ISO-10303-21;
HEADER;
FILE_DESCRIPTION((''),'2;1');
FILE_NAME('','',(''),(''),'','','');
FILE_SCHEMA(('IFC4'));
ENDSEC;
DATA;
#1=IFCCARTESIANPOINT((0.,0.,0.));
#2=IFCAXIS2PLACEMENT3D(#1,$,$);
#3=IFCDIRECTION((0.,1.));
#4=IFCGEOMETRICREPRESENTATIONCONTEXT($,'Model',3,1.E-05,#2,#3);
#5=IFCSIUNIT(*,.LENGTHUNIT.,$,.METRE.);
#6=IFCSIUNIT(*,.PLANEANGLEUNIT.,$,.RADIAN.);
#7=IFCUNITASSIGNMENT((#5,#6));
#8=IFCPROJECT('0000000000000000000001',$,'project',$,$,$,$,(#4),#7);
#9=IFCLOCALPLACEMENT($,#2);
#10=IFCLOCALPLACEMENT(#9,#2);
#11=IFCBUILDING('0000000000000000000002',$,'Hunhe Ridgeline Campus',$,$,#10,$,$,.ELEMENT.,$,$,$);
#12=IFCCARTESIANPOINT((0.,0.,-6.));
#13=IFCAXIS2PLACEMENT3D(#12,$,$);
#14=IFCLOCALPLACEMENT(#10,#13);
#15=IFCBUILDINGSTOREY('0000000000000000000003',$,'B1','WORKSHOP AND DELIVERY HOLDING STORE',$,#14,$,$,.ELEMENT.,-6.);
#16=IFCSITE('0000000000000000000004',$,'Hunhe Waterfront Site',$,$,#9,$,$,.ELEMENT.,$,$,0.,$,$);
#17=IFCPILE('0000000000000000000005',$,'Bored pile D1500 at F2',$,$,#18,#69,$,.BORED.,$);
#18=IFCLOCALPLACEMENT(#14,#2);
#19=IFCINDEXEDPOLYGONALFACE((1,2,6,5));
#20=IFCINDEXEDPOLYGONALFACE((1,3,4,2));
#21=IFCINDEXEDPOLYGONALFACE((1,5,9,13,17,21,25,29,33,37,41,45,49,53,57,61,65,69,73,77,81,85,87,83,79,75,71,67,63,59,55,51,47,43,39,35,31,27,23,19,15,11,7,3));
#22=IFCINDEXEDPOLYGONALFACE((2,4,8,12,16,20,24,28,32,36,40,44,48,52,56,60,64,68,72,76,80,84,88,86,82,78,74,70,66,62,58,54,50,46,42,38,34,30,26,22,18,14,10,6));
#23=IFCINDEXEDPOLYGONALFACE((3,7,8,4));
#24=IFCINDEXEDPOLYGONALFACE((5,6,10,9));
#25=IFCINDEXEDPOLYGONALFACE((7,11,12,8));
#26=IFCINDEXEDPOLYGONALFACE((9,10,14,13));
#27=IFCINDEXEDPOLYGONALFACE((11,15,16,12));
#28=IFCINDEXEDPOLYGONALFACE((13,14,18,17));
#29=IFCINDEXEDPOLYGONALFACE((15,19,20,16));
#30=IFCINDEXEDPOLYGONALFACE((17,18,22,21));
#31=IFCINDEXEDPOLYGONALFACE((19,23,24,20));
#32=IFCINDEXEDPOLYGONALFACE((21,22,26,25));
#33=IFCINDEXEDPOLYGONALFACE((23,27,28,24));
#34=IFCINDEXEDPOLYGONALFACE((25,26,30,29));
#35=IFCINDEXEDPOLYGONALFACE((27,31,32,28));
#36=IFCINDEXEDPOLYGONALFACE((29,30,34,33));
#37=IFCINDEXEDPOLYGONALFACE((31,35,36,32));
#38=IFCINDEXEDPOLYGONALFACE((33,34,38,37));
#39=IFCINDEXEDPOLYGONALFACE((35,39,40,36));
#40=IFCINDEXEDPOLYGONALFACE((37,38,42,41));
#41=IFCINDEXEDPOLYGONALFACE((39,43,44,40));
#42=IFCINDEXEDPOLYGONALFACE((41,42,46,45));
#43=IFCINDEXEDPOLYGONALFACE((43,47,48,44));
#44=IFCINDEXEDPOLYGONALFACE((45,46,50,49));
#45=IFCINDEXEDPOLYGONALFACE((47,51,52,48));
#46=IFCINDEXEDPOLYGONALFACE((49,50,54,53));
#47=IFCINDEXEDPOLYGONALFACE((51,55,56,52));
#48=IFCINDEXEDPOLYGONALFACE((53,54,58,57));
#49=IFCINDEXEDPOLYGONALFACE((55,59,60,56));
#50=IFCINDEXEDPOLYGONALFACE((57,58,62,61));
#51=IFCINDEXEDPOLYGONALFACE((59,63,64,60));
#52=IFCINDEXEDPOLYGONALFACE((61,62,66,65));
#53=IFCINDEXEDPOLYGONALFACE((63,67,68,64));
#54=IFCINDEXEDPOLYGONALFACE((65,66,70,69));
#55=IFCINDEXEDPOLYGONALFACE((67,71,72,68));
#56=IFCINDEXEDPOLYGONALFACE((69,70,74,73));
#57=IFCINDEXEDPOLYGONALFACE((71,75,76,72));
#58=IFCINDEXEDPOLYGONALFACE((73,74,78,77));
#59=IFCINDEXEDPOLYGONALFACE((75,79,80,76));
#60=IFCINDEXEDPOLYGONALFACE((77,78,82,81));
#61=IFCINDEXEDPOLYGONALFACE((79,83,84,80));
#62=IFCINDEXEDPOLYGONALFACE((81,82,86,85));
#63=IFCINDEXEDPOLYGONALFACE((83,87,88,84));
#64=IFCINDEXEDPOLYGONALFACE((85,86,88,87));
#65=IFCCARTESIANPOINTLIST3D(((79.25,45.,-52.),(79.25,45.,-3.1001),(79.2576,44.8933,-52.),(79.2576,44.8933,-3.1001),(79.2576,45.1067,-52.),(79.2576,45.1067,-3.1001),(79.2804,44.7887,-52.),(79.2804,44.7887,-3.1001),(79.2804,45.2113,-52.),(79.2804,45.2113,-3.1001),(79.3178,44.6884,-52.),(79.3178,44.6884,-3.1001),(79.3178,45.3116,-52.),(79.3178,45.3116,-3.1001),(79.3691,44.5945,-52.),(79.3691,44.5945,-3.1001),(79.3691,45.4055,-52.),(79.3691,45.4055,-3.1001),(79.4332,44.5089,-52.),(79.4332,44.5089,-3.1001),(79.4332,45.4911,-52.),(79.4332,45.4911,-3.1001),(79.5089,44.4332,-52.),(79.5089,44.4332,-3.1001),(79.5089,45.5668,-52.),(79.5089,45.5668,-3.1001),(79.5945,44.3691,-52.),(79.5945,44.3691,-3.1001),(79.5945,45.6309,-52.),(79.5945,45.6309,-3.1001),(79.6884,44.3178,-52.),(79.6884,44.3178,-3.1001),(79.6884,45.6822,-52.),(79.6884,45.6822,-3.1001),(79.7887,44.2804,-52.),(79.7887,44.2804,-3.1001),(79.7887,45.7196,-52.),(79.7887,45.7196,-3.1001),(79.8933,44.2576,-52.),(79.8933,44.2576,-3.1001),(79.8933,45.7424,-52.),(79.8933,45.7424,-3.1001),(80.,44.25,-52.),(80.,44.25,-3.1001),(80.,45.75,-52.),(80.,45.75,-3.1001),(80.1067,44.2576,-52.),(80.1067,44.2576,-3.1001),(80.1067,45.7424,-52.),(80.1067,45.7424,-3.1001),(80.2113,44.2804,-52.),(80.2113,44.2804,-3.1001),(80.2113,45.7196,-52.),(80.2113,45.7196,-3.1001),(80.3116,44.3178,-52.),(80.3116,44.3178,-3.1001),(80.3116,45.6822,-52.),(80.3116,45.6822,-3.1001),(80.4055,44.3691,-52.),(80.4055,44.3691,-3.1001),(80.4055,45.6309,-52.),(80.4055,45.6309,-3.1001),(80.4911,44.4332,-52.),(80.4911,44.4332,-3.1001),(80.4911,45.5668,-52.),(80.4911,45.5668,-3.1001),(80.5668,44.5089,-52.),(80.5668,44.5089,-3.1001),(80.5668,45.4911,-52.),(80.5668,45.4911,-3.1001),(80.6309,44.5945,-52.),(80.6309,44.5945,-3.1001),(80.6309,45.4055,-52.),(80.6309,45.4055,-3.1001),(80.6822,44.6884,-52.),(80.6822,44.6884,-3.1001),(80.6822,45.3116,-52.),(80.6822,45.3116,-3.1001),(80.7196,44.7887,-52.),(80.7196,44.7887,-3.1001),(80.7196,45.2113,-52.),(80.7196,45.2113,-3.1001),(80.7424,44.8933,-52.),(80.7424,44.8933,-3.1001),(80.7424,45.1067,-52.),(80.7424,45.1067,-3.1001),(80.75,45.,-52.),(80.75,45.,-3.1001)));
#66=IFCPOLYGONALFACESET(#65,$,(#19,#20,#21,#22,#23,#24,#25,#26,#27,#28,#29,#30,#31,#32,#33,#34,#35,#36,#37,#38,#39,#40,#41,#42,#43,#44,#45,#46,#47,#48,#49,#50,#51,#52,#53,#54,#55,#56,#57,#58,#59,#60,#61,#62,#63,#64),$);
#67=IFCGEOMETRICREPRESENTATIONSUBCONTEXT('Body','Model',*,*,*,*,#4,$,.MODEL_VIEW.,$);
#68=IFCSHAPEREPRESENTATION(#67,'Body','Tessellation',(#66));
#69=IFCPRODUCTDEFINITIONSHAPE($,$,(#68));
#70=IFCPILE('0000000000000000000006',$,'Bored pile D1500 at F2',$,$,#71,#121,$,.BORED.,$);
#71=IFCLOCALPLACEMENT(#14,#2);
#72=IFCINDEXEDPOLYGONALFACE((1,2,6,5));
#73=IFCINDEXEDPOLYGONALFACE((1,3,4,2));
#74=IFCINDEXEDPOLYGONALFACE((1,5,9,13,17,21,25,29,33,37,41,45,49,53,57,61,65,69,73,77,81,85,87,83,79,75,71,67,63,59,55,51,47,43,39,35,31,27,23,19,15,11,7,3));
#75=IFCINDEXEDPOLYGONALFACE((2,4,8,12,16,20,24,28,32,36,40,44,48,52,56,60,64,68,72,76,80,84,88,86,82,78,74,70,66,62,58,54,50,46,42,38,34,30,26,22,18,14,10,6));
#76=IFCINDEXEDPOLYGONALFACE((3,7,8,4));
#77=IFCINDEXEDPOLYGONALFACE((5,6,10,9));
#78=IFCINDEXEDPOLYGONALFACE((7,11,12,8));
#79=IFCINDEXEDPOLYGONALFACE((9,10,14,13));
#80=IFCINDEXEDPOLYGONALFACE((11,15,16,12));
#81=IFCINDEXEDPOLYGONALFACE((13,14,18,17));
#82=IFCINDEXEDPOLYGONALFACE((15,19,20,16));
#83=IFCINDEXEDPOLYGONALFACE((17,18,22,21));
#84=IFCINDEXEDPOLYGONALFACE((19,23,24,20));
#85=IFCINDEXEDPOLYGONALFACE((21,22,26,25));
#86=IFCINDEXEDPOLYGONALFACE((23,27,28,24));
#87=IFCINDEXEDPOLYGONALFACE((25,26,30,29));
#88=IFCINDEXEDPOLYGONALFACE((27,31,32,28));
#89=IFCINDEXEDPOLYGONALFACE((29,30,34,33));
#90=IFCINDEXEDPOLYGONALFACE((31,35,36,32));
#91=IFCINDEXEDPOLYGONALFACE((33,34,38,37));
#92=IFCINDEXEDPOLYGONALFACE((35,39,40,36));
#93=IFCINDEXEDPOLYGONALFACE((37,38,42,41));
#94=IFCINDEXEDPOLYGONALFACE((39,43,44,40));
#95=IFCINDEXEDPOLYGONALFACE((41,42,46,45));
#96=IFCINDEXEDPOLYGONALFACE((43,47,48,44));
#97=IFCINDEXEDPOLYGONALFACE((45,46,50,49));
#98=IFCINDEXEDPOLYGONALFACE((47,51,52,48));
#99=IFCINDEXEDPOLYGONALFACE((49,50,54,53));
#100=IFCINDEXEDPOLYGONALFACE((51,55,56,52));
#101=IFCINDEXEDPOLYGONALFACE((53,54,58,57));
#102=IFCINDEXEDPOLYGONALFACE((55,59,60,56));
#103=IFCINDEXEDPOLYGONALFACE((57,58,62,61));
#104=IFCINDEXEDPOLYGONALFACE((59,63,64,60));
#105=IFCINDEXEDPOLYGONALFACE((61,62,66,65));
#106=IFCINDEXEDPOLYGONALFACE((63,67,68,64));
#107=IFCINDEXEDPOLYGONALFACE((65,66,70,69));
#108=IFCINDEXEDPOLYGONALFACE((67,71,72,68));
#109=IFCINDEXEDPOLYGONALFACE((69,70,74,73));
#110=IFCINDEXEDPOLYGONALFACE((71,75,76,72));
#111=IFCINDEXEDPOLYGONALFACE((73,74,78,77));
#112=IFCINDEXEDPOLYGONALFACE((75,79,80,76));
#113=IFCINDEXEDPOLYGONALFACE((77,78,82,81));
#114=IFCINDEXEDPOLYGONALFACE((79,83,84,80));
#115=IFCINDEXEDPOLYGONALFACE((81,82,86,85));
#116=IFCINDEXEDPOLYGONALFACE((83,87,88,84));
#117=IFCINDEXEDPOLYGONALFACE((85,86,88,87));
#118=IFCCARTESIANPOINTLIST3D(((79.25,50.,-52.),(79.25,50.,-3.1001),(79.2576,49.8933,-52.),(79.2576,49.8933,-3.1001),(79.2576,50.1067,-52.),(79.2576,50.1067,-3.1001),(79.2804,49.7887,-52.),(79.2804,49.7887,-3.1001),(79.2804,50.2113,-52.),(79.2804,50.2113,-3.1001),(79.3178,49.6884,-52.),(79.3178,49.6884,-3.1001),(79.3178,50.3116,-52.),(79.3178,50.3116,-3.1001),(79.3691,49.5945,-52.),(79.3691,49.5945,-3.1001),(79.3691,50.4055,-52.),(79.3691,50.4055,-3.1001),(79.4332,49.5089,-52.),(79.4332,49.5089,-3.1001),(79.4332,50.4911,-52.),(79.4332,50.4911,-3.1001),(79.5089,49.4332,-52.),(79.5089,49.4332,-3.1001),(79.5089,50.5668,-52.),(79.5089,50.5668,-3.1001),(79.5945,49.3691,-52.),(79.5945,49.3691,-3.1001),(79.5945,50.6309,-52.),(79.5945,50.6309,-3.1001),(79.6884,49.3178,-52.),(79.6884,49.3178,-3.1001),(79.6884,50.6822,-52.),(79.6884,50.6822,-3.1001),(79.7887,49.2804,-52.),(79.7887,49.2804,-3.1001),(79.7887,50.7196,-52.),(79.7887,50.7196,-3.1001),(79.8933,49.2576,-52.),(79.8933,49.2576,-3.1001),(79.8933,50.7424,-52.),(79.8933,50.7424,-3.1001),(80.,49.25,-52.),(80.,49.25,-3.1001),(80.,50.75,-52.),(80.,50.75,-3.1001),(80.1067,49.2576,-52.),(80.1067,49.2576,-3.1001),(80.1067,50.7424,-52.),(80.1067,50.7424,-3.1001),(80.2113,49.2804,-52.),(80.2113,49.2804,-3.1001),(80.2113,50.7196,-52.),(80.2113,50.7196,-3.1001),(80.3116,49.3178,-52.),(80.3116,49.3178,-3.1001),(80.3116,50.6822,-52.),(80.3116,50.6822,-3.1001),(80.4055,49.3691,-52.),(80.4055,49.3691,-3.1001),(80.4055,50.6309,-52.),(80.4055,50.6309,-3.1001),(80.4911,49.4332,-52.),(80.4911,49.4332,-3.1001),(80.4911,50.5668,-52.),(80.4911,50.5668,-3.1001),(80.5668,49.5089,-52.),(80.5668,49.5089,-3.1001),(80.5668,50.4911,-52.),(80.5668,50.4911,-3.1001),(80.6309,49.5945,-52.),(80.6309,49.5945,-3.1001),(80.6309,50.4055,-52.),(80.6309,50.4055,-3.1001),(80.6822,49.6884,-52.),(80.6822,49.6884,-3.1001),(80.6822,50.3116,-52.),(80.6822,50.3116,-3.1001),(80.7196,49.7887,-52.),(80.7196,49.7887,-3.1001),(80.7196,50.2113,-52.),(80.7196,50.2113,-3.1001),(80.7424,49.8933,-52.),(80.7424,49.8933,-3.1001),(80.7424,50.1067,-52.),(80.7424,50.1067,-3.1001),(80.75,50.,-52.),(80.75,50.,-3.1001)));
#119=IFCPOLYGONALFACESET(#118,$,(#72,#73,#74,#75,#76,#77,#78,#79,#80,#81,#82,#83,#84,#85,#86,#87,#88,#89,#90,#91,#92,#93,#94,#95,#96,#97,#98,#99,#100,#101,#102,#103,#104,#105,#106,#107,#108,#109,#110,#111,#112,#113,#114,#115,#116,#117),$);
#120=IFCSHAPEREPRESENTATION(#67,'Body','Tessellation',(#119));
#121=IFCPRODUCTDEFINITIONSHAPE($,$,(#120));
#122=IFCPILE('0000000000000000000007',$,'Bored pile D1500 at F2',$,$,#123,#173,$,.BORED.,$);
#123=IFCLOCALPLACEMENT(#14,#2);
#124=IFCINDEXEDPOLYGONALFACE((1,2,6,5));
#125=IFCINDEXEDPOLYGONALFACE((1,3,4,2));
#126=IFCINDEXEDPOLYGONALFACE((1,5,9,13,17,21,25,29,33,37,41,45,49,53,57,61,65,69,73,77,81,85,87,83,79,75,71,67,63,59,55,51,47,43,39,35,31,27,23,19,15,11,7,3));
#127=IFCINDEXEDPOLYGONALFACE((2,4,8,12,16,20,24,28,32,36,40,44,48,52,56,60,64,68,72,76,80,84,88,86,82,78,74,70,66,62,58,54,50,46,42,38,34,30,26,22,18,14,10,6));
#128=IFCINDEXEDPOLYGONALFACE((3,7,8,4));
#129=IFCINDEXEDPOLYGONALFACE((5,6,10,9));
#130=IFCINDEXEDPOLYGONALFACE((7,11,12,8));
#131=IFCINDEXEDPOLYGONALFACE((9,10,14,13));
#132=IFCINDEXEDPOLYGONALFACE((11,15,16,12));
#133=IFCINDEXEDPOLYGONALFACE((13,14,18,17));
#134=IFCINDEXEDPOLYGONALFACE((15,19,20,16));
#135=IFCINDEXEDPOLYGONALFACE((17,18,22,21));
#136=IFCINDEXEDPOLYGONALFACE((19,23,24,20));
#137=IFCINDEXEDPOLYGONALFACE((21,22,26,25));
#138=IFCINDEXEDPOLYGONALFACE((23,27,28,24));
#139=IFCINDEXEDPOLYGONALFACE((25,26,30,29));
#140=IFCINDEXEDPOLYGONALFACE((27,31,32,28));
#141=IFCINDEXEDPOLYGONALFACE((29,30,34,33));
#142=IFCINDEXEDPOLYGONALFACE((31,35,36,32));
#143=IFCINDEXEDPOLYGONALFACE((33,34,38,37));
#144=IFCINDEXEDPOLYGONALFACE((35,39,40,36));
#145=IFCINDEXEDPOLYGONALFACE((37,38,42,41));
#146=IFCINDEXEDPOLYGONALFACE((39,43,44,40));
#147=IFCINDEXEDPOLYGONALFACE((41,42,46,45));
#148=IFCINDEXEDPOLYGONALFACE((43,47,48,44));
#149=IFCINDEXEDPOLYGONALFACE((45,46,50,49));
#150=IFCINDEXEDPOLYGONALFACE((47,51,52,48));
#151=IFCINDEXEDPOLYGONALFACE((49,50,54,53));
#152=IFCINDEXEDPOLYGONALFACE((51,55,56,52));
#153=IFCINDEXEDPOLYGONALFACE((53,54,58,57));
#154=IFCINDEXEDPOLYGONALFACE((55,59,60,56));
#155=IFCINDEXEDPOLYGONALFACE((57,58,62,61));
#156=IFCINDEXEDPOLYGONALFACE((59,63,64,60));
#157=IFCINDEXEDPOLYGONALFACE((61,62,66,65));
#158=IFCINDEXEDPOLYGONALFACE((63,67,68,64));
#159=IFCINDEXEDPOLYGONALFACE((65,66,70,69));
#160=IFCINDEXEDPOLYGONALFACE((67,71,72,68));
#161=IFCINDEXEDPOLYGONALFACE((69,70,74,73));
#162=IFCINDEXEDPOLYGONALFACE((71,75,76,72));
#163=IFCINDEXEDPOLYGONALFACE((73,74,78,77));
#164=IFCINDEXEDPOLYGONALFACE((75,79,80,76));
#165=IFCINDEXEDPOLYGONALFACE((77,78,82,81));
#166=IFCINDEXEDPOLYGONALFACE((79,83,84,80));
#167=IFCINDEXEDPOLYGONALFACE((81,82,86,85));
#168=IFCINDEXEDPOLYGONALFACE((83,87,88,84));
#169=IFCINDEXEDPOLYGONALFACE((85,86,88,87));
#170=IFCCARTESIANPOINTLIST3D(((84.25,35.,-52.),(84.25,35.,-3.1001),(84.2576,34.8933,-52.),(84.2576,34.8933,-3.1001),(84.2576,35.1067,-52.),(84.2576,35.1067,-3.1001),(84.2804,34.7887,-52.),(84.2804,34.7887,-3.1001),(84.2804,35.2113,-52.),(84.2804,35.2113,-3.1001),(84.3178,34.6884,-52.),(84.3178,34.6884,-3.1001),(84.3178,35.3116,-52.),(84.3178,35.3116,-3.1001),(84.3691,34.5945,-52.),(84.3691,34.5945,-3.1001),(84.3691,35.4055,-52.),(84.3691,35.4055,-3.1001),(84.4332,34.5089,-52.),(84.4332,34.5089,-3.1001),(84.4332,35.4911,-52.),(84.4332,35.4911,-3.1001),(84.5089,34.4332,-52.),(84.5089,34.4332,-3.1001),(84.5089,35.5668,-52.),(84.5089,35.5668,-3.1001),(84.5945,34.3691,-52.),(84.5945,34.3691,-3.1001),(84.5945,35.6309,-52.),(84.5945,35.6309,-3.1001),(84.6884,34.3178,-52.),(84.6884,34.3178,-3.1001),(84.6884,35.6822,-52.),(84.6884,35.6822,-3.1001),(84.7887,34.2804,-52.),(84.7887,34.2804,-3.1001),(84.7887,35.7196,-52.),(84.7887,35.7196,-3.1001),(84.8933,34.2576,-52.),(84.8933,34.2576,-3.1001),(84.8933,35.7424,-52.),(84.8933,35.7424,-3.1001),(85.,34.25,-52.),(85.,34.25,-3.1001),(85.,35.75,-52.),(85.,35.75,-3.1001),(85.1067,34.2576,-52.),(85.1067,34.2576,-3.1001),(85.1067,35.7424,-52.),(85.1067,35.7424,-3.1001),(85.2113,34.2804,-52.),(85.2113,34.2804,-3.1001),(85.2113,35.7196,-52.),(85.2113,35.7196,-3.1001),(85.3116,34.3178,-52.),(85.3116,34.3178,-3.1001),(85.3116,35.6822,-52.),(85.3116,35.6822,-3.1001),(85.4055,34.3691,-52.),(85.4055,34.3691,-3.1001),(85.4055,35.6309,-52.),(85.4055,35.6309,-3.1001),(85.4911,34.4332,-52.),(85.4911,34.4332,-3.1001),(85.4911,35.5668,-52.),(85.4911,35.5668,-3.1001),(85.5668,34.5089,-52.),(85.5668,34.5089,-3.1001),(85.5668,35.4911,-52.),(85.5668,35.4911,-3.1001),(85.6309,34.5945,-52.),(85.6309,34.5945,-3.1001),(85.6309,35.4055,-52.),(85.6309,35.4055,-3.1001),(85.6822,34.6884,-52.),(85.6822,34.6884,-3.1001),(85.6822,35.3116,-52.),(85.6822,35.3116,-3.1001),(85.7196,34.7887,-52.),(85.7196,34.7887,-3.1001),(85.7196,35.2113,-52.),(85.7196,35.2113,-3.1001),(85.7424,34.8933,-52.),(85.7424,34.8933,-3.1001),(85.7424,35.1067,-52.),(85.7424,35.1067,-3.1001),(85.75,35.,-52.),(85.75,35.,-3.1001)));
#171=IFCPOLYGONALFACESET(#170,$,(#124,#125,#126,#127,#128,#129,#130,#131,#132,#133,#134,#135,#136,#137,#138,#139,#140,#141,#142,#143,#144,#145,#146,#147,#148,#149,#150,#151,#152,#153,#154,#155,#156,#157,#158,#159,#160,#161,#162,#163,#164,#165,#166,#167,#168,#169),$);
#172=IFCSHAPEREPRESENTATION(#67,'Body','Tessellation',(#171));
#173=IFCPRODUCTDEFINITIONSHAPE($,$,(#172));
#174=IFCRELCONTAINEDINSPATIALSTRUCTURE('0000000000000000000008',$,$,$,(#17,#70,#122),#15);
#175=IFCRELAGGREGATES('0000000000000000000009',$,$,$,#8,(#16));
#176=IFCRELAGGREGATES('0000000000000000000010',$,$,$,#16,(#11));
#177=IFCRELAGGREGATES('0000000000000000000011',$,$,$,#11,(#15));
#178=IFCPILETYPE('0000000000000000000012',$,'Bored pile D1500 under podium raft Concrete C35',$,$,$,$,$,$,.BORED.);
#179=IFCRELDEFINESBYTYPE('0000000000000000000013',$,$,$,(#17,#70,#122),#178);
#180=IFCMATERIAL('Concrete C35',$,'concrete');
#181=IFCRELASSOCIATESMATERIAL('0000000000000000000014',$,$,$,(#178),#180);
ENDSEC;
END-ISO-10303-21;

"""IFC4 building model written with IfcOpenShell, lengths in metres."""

from ifc_helpers import new_model, si_unit, direction, frame, origin, origin_2d, place, context, subcontext, project, spatial, circle, extrude, material, material_profile, profile_set, type_object, element, save


model = new_model("IFC4")

# Units and contexts
model_context = context("Model", 3, precision=1e-05, world=origin(), true_north=direction((0.0, 1.0)))
body_context = subcontext(model_context, "Body", "Model", "MODEL_VIEW")
ifc_project = project(units=[si_unit("LENGTHUNIT", "METRE"), si_unit("PLANEANGLEUNIT", "RADIAN")], contexts=[model_context])

# Site, building, storey
site_placement = place(None, origin())
site = spatial("IfcSite", under=ifc_project, at=site_placement, Name="Hunhe Waterfront Site", CompositionType="ELEMENT", RefElevation=0.0)
building_placement = place(site_placement, origin())
building = spatial("IfcBuilding", under=site, at=building_placement, Name="Hunhe Ridgeline Campus", CompositionType="ELEMENT")
storey_placement = place(building_placement, frame((0.0, 0.0, -6.0)))
storey = spatial("IfcBuildingStorey", under=building, at=storey_placement, Name="B1", Description="WORKSHOP AND DELIVERY HOLDING STORE", CompositionType="ELEMENT", Elevation=-6.0)

# Piles
ifc_material_1 = material(Name="Concrete C35", Category="concrete")
ifc_material_profile_1 = material_profile(ifc_material_1, circle(Radius=0.75, at=origin_2d()))
ifc_profile_set_1 = profile_set([ifc_material_profile_1], Name="Concrete C35")
pile_type_1 = type_object("IfcPileType", Name="Bored pile D1500 under podium raft Concrete C35", PredefinedType="BORED", material=ifc_profile_set_1)
for number, where, z_axis, x_axis, name in (
    (1, (80.0, 45.0, -3.1001), (0.0, 0.0, -1.0), (1.0, 0.0, 0.0), "Bored pile D1500 at F2"),
    (2, (80.0, 50.0, -3.1001), (0.0, 0.0, -1.0), (1.0, 0.0, 0.0), "Bored pile D1500 at F2"),
    (3, (85.0, 35.0, -3.1001), (0.0, 0.0, -1.0), (1.0, 0.0, 0.0), "Bored pile D1500 at F2"),
):
    element("IfcPile", number, at=place(storey_placement, frame(where, z_axis=z_axis, x_axis=x_axis)), inside=storey, type_object=pile_type_1, Name=name, PredefinedType="BORED", context=body_context, shape_type="SweptSolid", body=[
        extrude(circle(Radius=0.75, at=origin_2d()), origin(), (0.0, 0.0, 1.0), 48.8999),
    ])

save(model, "model.ifc")
